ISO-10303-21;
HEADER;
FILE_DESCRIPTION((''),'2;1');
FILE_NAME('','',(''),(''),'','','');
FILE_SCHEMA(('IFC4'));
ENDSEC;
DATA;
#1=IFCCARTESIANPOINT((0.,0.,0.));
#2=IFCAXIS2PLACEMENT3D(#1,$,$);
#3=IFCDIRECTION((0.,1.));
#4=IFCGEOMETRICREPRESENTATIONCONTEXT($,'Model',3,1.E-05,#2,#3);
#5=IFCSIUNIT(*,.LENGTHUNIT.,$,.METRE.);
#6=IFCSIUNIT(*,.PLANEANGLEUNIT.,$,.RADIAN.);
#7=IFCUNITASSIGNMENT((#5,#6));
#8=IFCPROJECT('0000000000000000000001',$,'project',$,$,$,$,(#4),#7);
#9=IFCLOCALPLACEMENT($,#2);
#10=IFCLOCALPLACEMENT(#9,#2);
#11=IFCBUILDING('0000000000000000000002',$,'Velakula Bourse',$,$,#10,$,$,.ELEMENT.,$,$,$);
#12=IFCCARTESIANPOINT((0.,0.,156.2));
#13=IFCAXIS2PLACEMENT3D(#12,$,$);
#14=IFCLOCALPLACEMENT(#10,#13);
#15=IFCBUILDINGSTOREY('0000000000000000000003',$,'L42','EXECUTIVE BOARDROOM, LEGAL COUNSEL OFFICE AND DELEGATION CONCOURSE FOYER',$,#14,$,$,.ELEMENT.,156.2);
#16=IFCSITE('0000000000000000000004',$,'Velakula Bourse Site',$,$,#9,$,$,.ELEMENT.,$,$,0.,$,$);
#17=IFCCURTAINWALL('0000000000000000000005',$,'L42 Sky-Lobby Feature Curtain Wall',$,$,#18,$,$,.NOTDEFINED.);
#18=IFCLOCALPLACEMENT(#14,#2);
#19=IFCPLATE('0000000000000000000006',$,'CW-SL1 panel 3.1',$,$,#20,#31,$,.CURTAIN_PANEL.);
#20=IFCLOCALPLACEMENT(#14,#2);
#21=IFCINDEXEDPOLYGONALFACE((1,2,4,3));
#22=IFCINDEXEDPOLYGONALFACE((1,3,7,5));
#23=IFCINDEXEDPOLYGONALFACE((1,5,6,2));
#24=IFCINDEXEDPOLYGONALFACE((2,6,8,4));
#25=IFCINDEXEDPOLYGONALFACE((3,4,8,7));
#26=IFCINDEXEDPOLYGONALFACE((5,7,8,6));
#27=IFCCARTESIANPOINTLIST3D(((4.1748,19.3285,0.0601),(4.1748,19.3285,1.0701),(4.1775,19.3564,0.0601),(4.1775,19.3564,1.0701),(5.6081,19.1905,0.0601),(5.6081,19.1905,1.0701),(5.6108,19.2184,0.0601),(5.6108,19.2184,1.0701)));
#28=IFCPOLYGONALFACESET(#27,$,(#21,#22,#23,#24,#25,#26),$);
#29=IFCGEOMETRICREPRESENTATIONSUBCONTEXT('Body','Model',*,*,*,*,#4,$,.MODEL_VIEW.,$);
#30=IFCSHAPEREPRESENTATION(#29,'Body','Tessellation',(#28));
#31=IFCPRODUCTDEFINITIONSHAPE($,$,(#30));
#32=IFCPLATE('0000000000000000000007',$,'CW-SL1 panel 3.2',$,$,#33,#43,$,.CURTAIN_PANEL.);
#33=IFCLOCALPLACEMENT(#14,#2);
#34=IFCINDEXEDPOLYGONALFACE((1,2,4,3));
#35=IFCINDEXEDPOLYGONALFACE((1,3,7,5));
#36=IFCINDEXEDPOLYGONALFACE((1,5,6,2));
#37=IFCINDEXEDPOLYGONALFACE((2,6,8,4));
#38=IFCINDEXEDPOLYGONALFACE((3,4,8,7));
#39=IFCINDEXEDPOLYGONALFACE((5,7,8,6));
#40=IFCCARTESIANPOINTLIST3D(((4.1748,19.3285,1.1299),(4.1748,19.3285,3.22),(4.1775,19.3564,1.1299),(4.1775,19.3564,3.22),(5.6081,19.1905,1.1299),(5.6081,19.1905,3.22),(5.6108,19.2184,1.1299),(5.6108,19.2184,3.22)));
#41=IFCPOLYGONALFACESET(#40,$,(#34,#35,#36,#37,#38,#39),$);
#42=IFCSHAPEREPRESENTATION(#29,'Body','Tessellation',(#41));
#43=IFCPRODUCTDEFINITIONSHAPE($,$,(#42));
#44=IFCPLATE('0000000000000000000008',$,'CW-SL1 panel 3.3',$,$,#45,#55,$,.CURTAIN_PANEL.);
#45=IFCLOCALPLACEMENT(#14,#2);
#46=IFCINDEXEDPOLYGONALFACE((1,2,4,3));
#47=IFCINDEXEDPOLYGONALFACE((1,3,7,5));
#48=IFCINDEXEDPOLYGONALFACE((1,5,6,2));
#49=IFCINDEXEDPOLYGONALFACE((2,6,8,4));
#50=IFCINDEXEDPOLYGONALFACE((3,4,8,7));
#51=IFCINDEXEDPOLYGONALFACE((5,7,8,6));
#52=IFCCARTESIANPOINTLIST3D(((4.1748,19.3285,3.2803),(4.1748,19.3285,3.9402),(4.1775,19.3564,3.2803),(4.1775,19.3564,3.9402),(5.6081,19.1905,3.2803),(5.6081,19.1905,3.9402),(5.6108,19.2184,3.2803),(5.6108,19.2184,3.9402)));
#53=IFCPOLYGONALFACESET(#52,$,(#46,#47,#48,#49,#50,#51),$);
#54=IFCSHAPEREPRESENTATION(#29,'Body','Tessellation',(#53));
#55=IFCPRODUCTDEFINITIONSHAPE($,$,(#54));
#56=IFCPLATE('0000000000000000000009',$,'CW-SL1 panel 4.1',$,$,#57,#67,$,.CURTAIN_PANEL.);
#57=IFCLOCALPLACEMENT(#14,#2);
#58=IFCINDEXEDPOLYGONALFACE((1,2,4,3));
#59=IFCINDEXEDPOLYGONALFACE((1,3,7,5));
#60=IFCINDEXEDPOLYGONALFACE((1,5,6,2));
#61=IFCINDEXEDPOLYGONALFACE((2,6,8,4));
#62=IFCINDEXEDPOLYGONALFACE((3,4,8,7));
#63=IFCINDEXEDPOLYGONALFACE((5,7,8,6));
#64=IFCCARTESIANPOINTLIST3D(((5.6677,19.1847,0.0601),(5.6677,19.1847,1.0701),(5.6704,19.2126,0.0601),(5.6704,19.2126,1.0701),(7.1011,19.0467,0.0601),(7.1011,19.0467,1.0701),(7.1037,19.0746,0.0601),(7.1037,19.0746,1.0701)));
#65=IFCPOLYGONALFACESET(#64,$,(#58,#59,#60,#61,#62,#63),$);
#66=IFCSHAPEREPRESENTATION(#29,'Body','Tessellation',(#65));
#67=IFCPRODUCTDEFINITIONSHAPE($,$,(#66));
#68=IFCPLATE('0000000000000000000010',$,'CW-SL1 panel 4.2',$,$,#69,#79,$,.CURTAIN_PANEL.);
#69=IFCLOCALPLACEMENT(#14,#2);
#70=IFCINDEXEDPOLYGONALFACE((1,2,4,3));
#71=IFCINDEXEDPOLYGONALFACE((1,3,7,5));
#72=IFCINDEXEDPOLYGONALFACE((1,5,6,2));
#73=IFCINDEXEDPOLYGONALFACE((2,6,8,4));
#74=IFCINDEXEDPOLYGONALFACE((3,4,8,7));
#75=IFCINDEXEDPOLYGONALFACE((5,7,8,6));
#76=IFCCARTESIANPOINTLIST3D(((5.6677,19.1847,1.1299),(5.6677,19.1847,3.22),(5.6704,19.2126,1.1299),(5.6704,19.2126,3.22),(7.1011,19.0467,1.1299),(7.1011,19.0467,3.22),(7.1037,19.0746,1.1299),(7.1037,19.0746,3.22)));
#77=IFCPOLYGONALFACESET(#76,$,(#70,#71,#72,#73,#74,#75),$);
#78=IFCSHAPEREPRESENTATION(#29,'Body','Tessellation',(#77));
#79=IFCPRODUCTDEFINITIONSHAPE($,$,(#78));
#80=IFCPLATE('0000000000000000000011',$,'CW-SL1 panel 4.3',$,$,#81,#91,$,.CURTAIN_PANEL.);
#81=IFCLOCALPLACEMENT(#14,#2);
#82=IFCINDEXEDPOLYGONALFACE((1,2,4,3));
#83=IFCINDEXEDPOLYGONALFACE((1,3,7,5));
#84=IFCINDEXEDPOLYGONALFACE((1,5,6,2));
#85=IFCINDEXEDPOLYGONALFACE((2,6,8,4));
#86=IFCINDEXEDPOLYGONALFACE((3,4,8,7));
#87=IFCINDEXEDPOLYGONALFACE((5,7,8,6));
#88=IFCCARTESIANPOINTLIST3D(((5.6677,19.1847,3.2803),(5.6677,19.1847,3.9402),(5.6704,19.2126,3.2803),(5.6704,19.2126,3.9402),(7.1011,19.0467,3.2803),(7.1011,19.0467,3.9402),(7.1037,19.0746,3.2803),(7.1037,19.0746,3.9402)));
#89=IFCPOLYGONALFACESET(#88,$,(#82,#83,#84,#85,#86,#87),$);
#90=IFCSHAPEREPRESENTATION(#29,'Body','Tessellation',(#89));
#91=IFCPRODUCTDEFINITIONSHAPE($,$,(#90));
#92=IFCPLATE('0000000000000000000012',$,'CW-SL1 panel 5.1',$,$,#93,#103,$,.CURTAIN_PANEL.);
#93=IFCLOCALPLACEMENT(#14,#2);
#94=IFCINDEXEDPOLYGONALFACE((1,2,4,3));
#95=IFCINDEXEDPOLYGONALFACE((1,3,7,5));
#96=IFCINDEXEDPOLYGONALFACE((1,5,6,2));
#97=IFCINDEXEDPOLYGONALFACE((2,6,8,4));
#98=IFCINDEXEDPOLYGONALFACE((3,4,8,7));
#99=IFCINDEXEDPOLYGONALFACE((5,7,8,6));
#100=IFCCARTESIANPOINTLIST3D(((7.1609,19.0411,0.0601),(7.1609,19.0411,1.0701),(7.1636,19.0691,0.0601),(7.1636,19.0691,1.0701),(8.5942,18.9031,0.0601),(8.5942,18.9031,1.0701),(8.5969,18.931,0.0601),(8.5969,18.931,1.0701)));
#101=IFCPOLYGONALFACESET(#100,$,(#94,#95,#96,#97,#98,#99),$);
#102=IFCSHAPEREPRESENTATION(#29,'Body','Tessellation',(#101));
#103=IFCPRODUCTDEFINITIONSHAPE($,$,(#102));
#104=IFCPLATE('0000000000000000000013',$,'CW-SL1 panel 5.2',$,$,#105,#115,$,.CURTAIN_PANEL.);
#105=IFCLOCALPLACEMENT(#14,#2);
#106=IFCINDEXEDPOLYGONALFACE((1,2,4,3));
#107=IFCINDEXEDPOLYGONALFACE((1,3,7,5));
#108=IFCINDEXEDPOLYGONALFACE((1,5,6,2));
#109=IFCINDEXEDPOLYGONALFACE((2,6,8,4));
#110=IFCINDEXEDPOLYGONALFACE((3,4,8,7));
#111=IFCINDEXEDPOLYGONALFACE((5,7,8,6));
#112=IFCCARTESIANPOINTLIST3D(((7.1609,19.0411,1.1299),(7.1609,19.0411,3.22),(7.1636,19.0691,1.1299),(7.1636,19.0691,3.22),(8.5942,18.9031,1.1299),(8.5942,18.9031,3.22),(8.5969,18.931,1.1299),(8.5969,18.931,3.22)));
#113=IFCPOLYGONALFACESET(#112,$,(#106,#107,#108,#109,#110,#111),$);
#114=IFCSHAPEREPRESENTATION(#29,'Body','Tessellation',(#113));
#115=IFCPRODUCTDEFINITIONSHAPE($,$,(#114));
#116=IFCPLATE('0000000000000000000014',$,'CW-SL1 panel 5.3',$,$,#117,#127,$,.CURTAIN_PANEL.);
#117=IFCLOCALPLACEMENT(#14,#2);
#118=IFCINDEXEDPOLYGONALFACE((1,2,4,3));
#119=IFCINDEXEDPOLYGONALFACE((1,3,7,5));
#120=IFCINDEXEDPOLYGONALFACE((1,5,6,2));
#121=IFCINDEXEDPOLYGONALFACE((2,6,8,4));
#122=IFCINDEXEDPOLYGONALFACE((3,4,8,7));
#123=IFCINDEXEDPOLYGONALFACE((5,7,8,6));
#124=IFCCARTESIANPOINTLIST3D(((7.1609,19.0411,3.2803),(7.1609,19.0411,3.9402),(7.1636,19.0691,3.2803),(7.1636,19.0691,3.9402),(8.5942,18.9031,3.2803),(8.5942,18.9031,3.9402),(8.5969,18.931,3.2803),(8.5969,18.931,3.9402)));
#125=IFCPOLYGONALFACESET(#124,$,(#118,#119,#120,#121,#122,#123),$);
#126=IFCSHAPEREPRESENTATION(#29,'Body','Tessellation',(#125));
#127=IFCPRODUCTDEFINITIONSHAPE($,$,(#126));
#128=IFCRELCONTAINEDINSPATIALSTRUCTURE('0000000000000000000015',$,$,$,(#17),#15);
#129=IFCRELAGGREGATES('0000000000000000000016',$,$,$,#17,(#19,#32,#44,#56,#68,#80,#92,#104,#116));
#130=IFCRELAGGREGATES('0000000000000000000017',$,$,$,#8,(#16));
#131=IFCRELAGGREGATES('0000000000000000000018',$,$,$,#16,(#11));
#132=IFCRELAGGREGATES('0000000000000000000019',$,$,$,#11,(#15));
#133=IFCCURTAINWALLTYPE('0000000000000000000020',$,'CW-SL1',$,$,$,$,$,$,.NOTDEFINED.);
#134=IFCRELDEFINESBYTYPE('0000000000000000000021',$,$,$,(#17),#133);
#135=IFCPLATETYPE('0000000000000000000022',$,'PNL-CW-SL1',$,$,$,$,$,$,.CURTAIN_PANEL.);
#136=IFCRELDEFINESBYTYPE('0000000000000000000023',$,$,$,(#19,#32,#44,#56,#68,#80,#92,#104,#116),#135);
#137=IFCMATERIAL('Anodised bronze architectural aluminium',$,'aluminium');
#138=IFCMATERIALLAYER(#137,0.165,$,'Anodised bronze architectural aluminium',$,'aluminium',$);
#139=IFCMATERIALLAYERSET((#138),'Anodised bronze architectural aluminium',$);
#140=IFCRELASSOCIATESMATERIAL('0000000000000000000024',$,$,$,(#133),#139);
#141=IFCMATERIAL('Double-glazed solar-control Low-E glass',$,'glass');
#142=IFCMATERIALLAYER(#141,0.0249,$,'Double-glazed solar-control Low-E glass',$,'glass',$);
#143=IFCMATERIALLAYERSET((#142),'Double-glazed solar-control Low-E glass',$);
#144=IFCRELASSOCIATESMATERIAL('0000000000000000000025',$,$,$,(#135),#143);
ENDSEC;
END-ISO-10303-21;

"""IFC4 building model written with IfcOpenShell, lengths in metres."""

from ifc_helpers import new_model, si_unit, direction, frame, origin, origin_2d, place, context, subcontext, project, spatial, rectangle, extrude, material, layer, layer_set, type_object, element, aggregate, save


model = new_model("IFC4")

# Units and contexts
model_context = context("Model", 3, precision=1e-05, world=origin(), true_north=direction((0.0, 1.0)))
body_context = subcontext(model_context, "Body", "Model", "MODEL_VIEW")
ifc_project = project(units=[si_unit("LENGTHUNIT", "METRE"), si_unit("PLANEANGLEUNIT", "RADIAN")], contexts=[model_context])

# Site, building, storey
site_placement = place(None, origin())
site = spatial("IfcSite", under=ifc_project, at=site_placement, Name="Velakula Bourse Site", CompositionType="ELEMENT", RefElevation=0.0)
building_placement = place(site_placement, origin())
building = spatial("IfcBuilding", under=site, at=building_placement, Name="Velakula Bourse", CompositionType="ELEMENT")
storey_placement = place(building_placement, frame((0.0, 0.0, 156.2)))
storey = spatial("IfcBuildingStorey", under=building, at=storey_placement, Name="L42", Description="EXECUTIVE BOARDROOM, LEGAL COUNSEL OFFICE AND DELEGATION CONCOURSE FOYER", CompositionType="ELEMENT", Elevation=156.2)

# Curtain wall, plates
ifc_material_1 = material(Name="Anodised bronze architectural aluminium", Category="aluminium")
ifc_layer_1 = layer(ifc_material_1, 0.165, Name="Anodised bronze architectural aluminium", Category="aluminium")
ifc_layer_set_1 = layer_set([ifc_layer_1], Name="Anodised bronze architectural aluminium")
curtain_wall_type = type_object("IfcCurtainWallType", Name="CW-SL1", PredefinedType="NOTDEFINED", material=ifc_layer_set_1)
curtain_wall_placement = place(storey_placement, origin())
curtain_wall = element("IfcCurtainWall", 1, at=curtain_wall_placement, inside=storey, type_object=curtain_wall_type, Name="L42 Sky-Lobby Feature Curtain Wall", PredefinedType="NOTDEFINED")
ifc_material_2 = material(Name="Double-glazed solar-control Low-E glass", Category="glass")
ifc_layer_2 = layer(ifc_material_2, 0.0249, Name="Double-glazed solar-control Low-E glass", Category="glass")
ifc_layer_set_2 = layer_set([ifc_layer_2], Name="Double-glazed solar-control Low-E glass")
plate_type = type_object("IfcPlateType", Name="PNL-CW-SL1", PredefinedType="CURTAIN_PANEL", material=ifc_layer_set_2)
plate_1_placement = place(storey_placement, frame((4.8928, 19.2734, 0.0601), z_axis=(0.0, 0.0, 1.0), x_axis=(0.995395, -0.095855, 0.0)))
plate_1 = element("IfcPlate", 2, at=plate_1_placement, type_object=plate_type, Name="CW-SL1 panel 3.1", PredefinedType="CURTAIN_PANEL", context=body_context, shape_type="SweptSolid", body=[
    extrude(rectangle(XDim=1.4399, YDim=0.0281, at=origin_2d()), origin(), (0.0, 0.0, 1.0), 1.01),
])
plate_2_placement = place(storey_placement, frame((4.8928, 19.2734, 1.1299), z_axis=(0.0, 0.0, 1.0), x_axis=(0.995395, -0.095855, 0.0)))
plate_2 = element("IfcPlate", 3, at=plate_2_placement, type_object=plate_type, Name="CW-SL1 panel 3.2", PredefinedType="CURTAIN_PANEL", context=body_context, shape_type="SweptSolid", body=[
    extrude(rectangle(XDim=1.4399, YDim=0.0281, at=origin_2d()), origin(), (0.0, 0.0, 1.0), 2.0901),
])
plate_3_placement = place(storey_placement, frame((4.8928, 19.2734, 3.2803), z_axis=(0.0, 0.0, 1.0), x_axis=(0.995395, -0.095855, 0.0)))
plate_3 = element("IfcPlate", 4, at=plate_3_placement, type_object=plate_type, Name="CW-SL1 panel 3.3", PredefinedType="CURTAIN_PANEL", context=body_context, shape_type="SweptSolid", body=[
    extrude(rectangle(XDim=1.4399, YDim=0.0281, at=origin_2d()), origin(), (0.0, 0.0, 1.0), 0.6599),
])
plate_4_placement = place(storey_placement, frame((6.3857, 19.1296, 0.0601), z_axis=(0.0, 0.0, 1.0), x_axis=(0.995395, -0.095855, 0.0)))
plate_4 = element("IfcPlate", 5, at=plate_4_placement, type_object=plate_type, Name="CW-SL1 panel 4.1", PredefinedType="CURTAIN_PANEL", context=body_context, shape_type="SweptSolid", body=[
    extrude(rectangle(XDim=1.4399, YDim=0.0281, at=origin_2d()), origin(), (0.0, 0.0, 1.0), 1.01),
])
plate_5_placement = place(storey_placement, frame((6.3857, 19.1296, 1.1299), z_axis=(0.0, 0.0, 1.0), x_axis=(0.995395, -0.095855, 0.0)))
plate_5 = element("IfcPlate", 6, at=plate_5_placement, type_object=plate_type, Name="CW-SL1 panel 4.2", PredefinedType="CURTAIN_PANEL", context=body_context, shape_type="SweptSolid", body=[
    extrude(rectangle(XDim=1.4399, YDim=0.0281, at=origin_2d()), origin(), (0.0, 0.0, 1.0), 2.0901),
])
plate_6_placement = place(storey_placement, frame((6.3857, 19.1296, 3.2803), z_axis=(0.0, 0.0, 1.0), x_axis=(0.995395, -0.095855, 0.0)))
plate_6 = element("IfcPlate", 7, at=plate_6_placement, type_object=plate_type, Name="CW-SL1 panel 4.3", PredefinedType="CURTAIN_PANEL", context=body_context, shape_type="SweptSolid", body=[
    extrude(rectangle(XDim=1.4399, YDim=0.0281, at=origin_2d()), origin(), (0.0, 0.0, 1.0), 0.6599),
])
plate_7_placement = place(storey_placement, frame((7.8789, 18.9861, 0.0601), z_axis=(0.0, 0.0, 1.0), x_axis=(0.995395, -0.095855, 0.0)))
plate_7 = element("IfcPlate", 8, at=plate_7_placement, type_object=plate_type, Name="CW-SL1 panel 5.1", PredefinedType="CURTAIN_PANEL", context=body_context, shape_type="SweptSolid", body=[
    extrude(rectangle(XDim=1.4399, YDim=0.0281, at=origin_2d()), origin(), (0.0, 0.0, 1.0), 1.01),
])
plate_8_placement = place(storey_placement, frame((7.8789, 18.9861, 1.1299), z_axis=(0.0, 0.0, 1.0), x_axis=(0.995395, -0.095855, 0.0)))
plate_8 = element("IfcPlate", 9, at=plate_8_placement, type_object=plate_type, Name="CW-SL1 panel 5.2", PredefinedType="CURTAIN_PANEL", context=body_context, shape_type="SweptSolid", body=[
    extrude(rectangle(XDim=1.4399, YDim=0.0281, at=origin_2d()), origin(), (0.0, 0.0, 1.0), 2.0901),
])
plate_9_placement = place(storey_placement, frame((7.8789, 18.9861, 3.2803), z_axis=(0.0, 0.0, 1.0), x_axis=(0.995395, -0.095855, 0.0)))
plate_9 = element("IfcPlate", 10, at=plate_9_placement, type_object=plate_type, Name="CW-SL1 panel 5.3", PredefinedType="CURTAIN_PANEL", context=body_context, shape_type="SweptSolid", body=[
    extrude(rectangle(XDim=1.4399, YDim=0.0281, at=origin_2d()), origin(), (0.0, 0.0, 1.0), 0.6599),
])
aggregate(curtain_wall, [plate_1, plate_2, plate_3, plate_4, plate_5, plate_6, plate_7, plate_8, plate_9])

save(model, "model.ifc")
